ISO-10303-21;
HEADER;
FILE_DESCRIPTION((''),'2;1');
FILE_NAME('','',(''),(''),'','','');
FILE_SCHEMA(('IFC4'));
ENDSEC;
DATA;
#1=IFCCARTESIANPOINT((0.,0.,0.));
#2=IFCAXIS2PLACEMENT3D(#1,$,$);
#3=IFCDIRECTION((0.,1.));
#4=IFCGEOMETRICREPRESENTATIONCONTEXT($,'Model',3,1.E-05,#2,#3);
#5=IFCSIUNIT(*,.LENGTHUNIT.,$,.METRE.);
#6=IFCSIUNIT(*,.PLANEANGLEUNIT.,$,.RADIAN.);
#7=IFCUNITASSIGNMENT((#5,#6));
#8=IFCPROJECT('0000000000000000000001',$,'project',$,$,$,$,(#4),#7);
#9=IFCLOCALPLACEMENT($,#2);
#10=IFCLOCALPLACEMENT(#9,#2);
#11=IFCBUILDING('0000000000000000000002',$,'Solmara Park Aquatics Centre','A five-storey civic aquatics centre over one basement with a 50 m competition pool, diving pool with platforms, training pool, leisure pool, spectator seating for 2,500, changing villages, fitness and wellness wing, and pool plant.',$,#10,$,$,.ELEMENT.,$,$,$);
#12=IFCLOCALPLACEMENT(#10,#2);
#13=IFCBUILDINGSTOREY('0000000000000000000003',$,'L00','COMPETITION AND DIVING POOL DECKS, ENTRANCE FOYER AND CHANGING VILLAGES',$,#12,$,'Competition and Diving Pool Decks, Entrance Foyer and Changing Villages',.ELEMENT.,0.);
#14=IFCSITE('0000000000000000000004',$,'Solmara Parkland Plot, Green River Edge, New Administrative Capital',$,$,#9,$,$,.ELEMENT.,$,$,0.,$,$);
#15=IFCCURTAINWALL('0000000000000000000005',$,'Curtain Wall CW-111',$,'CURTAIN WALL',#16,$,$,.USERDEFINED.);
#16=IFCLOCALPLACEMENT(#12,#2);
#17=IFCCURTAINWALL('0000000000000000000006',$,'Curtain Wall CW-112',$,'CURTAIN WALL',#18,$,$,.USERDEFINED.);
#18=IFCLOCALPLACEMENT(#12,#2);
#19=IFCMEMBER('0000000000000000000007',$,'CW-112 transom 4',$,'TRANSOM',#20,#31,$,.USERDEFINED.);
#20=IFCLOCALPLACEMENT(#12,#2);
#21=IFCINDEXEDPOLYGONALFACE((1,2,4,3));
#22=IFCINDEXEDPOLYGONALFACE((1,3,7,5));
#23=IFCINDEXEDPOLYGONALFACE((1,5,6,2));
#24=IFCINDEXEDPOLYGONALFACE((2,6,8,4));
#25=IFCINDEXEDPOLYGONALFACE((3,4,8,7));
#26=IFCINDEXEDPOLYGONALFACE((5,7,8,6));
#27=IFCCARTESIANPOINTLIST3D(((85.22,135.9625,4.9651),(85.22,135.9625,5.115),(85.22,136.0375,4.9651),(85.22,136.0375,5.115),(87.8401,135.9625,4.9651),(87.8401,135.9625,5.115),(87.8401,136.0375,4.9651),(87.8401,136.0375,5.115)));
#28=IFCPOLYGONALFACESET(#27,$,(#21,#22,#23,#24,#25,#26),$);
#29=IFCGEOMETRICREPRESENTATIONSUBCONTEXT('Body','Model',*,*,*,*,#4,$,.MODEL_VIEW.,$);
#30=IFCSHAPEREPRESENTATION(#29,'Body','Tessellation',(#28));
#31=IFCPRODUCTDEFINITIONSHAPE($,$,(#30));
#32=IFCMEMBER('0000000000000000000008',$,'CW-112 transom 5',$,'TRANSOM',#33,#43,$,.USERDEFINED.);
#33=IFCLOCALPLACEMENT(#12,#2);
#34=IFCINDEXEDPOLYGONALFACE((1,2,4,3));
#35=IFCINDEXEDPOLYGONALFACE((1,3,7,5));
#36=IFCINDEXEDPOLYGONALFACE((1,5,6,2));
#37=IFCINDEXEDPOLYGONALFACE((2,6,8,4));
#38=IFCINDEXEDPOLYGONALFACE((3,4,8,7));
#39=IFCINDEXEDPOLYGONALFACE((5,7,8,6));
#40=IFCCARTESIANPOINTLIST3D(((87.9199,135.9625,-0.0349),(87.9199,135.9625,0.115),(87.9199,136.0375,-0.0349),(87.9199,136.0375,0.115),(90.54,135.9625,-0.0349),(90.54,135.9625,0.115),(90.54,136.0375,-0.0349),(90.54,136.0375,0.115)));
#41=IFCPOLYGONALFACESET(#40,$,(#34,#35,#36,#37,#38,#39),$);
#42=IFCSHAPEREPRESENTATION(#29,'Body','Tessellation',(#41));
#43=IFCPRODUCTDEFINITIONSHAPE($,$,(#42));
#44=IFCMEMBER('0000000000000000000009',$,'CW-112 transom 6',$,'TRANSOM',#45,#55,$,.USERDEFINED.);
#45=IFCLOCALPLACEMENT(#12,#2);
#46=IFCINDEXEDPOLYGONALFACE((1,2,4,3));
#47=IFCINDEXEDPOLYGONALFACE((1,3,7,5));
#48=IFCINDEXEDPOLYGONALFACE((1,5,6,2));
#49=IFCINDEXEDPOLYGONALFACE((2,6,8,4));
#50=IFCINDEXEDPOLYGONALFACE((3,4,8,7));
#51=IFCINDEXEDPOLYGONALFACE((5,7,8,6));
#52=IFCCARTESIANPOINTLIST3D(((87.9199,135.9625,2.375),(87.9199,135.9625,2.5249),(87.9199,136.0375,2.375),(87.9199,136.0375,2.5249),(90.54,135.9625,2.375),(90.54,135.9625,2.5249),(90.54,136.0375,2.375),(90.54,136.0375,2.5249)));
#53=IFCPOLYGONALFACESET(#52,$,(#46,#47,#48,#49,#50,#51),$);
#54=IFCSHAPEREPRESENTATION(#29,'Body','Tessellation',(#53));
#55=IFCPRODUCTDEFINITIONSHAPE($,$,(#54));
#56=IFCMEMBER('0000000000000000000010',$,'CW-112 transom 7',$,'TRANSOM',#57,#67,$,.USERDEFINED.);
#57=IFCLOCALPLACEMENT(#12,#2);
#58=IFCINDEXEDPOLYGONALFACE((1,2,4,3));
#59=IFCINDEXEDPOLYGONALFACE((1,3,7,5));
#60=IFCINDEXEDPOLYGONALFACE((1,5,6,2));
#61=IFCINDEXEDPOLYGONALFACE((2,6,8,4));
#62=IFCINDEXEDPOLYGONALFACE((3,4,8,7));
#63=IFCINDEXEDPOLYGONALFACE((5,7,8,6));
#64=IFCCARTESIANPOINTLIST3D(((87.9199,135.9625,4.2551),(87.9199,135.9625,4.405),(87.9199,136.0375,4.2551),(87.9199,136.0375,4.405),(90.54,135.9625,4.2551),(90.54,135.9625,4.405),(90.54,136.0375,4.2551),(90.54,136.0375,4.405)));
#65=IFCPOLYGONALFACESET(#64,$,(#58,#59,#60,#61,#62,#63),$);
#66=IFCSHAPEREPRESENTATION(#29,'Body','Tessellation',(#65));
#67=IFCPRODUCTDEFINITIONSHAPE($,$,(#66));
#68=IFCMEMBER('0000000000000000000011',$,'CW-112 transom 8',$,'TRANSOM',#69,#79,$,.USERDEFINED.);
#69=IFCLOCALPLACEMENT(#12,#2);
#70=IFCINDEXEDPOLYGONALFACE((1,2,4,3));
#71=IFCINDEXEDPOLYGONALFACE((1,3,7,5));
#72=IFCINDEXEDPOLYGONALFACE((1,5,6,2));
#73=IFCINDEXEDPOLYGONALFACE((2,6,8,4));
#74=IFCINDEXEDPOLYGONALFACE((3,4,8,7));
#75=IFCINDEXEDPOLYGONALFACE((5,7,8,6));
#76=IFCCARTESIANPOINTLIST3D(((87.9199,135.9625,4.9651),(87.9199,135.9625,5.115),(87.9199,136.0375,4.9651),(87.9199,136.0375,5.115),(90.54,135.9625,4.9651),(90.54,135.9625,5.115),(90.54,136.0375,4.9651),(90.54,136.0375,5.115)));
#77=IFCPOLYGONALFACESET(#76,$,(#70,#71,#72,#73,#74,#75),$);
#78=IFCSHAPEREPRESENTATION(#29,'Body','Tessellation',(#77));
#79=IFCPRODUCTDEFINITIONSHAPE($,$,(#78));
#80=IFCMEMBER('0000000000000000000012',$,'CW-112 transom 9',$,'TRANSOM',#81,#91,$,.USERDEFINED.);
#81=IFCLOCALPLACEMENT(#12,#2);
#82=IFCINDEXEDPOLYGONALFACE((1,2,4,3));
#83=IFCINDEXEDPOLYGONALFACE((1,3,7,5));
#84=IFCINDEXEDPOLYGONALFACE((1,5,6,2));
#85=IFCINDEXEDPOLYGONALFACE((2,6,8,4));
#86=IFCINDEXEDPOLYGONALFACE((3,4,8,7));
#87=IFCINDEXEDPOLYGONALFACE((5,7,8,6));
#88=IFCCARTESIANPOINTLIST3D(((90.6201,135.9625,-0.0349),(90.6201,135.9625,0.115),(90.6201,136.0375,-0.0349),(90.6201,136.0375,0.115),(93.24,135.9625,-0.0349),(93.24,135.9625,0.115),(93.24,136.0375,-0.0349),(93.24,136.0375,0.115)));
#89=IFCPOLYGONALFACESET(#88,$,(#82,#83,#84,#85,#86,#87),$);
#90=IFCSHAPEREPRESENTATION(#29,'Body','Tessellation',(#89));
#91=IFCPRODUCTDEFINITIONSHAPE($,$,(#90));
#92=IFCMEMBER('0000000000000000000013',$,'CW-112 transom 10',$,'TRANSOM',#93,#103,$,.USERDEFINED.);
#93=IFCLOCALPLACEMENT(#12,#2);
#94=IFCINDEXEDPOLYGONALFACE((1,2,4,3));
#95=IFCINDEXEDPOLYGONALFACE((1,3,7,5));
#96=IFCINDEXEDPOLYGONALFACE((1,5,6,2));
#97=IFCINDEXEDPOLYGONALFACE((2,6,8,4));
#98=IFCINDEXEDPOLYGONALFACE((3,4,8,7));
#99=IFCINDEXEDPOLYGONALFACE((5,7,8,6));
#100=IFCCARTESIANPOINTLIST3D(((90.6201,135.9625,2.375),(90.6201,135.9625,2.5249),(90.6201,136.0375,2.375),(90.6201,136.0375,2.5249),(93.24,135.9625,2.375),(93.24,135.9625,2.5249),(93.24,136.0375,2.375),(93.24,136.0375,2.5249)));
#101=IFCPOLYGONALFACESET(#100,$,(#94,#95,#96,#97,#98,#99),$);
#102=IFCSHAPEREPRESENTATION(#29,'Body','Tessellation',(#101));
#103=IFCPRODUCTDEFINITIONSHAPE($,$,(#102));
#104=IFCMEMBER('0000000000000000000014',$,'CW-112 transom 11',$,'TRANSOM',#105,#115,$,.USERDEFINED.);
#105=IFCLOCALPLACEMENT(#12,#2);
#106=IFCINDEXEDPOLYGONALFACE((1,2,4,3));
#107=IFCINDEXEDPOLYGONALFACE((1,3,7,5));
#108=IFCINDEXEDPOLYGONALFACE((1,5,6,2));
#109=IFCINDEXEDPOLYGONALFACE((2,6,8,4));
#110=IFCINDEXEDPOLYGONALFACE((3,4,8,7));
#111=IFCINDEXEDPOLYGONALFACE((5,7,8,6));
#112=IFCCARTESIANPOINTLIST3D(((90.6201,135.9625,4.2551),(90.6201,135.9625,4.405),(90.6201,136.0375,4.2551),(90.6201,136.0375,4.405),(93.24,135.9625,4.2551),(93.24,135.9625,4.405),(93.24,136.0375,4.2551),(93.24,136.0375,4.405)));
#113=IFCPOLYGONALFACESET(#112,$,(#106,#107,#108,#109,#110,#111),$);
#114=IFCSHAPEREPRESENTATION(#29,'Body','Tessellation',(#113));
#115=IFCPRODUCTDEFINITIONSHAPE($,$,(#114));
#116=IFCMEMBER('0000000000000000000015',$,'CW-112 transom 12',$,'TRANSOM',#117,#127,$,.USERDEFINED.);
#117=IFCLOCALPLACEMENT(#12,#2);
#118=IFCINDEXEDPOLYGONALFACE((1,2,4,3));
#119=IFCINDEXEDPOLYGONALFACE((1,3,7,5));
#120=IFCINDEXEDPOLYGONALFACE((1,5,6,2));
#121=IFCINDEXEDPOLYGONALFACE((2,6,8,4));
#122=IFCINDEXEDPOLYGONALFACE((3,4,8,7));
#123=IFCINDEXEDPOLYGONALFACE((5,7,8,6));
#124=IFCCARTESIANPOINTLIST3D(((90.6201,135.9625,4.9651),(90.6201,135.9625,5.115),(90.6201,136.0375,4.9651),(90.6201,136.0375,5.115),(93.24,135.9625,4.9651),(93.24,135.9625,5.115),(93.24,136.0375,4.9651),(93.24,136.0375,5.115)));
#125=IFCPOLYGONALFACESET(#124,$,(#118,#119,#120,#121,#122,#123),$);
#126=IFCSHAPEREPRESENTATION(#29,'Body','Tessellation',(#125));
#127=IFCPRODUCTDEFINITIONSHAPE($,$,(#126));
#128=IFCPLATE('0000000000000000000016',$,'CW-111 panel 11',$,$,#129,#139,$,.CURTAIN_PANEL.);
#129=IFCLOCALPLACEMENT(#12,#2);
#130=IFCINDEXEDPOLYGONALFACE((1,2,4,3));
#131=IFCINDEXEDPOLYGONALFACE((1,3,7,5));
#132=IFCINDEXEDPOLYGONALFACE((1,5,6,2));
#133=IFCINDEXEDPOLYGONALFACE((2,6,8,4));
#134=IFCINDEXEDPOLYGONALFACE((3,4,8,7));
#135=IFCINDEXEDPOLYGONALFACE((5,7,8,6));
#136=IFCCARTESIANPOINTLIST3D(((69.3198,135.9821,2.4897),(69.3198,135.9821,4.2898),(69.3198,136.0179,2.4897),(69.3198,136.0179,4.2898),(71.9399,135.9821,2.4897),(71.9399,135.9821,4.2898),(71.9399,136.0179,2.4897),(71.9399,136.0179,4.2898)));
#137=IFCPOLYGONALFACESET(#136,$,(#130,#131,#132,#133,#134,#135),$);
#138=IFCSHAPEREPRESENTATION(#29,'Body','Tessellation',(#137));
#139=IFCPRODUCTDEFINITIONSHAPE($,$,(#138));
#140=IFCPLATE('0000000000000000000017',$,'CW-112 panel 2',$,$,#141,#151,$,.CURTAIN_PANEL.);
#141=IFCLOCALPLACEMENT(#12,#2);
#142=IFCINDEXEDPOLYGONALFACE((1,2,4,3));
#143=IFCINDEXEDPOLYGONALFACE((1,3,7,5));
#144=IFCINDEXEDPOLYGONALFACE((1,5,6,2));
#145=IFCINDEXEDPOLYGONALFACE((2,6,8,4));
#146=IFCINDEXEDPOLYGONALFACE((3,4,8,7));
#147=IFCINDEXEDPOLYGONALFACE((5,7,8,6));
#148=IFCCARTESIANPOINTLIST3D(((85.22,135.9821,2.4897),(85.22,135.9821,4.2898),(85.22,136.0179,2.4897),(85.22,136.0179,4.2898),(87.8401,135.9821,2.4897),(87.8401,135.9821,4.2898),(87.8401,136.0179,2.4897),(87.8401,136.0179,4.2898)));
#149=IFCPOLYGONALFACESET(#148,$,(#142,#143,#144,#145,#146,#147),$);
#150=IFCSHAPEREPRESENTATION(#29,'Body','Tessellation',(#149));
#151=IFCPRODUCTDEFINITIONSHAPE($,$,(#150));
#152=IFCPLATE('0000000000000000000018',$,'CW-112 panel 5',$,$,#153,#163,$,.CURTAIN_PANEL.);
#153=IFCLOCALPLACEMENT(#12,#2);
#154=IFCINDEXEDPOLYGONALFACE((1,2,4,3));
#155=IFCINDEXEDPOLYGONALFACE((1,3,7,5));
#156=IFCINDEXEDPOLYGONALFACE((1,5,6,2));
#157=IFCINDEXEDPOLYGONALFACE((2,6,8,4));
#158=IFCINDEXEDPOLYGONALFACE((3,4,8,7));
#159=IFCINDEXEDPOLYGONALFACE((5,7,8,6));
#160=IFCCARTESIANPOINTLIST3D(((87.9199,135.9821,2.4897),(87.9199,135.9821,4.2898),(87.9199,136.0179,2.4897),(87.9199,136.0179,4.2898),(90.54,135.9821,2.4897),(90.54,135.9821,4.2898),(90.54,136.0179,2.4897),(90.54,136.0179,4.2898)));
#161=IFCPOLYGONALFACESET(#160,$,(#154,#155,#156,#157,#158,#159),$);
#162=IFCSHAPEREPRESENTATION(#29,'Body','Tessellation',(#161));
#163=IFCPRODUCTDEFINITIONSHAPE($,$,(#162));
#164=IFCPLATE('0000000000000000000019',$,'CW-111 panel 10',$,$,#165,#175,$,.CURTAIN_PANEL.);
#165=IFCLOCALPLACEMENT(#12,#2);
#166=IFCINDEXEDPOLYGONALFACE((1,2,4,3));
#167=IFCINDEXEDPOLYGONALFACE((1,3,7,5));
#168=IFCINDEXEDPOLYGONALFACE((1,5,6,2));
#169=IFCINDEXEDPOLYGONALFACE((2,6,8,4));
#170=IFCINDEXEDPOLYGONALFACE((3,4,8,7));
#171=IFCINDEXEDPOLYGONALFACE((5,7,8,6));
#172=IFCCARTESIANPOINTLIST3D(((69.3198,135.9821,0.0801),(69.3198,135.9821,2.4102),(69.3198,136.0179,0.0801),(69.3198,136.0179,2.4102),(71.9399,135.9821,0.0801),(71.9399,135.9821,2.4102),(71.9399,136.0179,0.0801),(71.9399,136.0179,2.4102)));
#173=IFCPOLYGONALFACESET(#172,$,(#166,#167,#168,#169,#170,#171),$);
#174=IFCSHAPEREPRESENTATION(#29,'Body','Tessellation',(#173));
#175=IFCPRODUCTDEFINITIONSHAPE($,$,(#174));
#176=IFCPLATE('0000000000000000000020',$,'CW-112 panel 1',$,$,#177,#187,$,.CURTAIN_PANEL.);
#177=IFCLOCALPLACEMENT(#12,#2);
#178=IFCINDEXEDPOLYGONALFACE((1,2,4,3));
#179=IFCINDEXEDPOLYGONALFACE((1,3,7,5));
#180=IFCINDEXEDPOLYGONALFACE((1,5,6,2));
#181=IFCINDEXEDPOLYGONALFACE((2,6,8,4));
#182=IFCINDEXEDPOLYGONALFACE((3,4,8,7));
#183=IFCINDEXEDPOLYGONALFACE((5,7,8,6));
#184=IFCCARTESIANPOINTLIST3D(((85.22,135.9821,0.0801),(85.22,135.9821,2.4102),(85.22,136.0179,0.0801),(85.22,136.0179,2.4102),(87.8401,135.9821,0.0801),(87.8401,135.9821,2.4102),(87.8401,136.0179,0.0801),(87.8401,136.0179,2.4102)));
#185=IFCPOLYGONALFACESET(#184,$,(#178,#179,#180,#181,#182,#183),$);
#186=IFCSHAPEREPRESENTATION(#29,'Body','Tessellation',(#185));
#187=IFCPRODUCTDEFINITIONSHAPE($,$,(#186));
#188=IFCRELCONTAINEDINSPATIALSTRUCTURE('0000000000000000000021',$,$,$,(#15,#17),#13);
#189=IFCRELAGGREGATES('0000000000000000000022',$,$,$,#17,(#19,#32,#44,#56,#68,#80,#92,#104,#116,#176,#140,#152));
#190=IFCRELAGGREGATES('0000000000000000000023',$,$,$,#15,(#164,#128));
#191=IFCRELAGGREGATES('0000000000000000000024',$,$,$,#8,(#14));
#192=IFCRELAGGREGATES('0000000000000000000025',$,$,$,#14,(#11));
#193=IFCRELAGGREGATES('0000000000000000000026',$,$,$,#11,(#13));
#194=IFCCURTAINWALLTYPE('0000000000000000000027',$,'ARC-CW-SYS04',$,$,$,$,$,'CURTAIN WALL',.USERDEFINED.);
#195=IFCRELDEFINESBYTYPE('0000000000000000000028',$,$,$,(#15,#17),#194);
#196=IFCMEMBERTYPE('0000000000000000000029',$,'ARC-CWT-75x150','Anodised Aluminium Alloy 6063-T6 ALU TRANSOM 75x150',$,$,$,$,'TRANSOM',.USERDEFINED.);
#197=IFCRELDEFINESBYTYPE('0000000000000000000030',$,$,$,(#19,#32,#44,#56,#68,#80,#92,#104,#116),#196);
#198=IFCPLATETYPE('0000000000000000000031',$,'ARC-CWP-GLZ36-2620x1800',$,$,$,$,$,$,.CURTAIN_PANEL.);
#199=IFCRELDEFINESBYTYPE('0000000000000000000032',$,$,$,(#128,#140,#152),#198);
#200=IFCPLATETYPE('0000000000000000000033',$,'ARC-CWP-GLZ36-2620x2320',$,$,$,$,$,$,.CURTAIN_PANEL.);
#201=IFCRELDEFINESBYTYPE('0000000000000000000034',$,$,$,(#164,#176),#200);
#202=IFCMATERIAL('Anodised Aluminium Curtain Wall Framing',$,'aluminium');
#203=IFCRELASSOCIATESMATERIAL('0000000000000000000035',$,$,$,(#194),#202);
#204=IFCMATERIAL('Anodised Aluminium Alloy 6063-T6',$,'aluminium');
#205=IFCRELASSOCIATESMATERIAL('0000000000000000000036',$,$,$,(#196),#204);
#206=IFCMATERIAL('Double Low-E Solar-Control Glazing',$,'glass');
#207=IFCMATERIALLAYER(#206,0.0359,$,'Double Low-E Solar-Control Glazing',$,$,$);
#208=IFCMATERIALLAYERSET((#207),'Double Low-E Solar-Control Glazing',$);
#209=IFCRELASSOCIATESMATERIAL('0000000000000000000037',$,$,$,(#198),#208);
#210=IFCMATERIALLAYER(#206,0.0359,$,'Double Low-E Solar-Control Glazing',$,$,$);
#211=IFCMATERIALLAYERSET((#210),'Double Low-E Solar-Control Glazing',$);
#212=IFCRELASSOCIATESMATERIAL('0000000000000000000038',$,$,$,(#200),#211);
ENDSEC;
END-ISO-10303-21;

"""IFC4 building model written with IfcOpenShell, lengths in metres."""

from ifc_helpers import new_model, si_unit, direction, frame, origin, origin_2d, place, context, subcontext, project, spatial, rectangle, extrude, material, layer, layer_set, material_profile, profile_set, type_object, element, aggregate, save


model = new_model("IFC4")

# Units and contexts
model_context = context("Model", 3, precision=1e-05, world=origin(), true_north=direction((0.0, 1.0)))
body_context = subcontext(model_context, "Body", "Model", "MODEL_VIEW")
ifc_project = project(units=[si_unit("LENGTHUNIT", "METRE"), si_unit("PLANEANGLEUNIT", "RADIAN")], contexts=[model_context])

# Site, building, storey
site_placement = place(None, origin())
site = spatial("IfcSite", under=ifc_project, at=site_placement, Name="Solmara Parkland Plot, Green River Edge, New Administrative Capital", CompositionType="ELEMENT", RefElevation=0.0)
building_placement = place(site_placement, origin())
building = spatial("IfcBuilding", under=site, at=building_placement, Name="Solmara Park Aquatics Centre", Description="A five-storey civic aquatics centre over one basement with a 50 m competition pool, diving pool with platforms, training pool, leisure pool, spectator seating for 2,500, changing villages, fitness and wellness wing, and pool plant.", CompositionType="ELEMENT")
storey_placement = place(building_placement, origin())
storey = spatial("IfcBuildingStorey", under=building, at=storey_placement, Name="L00", Description="COMPETITION AND DIVING POOL DECKS, ENTRANCE FOYER AND CHANGING VILLAGES", LongName="Competition and Diving Pool Decks, Entrance Foyer and Changing Villages", CompositionType="ELEMENT", Elevation=0.0)

# Curtain walls
ifc_material_1 = material(Name="Anodised Aluminium Curtain Wall Framing", Category="aluminium")
curtain_wall_type = type_object("IfcCurtainWallType", Name="ARC-CW-SYS04", ElementType="CURTAIN WALL", PredefinedType="USERDEFINED", material=ifc_material_1)
curtain_wall_1_placement = place(storey_placement, origin())
curtain_wall_1 = element("IfcCurtainWall", 1, at=curtain_wall_1_placement, inside=storey, type_object=curtain_wall_type, Name="Curtain Wall CW-111", ObjectType="CURTAIN WALL", PredefinedType="USERDEFINED")
ifc_material_2 = material(Name="Anodised Aluminium Alloy 6063-T6", Category="aluminium")
curtain_wall_2_placement = place(storey_placement, origin())
curtain_wall_2 = element("IfcCurtainWall", 2, at=curtain_wall_2_placement, inside=storey, type_object=curtain_wall_type, Name="Curtain Wall CW-112", ObjectType="CURTAIN WALL", PredefinedType="USERDEFINED")

# Members
ifc_material_profile_1 = material_profile(ifc_material_2, rectangle(XDim=0.075, YDim=0.1499, at=origin_2d()), Name="ALU TRANSOM 75x150")
ifc_profile_set_1 = profile_set([ifc_material_profile_1], Name="Anodised Aluminium Alloy 6063-T6")
member_type_1 = type_object("IfcMemberType", Name="ARC-CWT-75x150", Description="Anodised Aluminium Alloy 6063-T6 ALU TRANSOM 75x150", ElementType="TRANSOM", PredefinedType="USERDEFINED", material=ifc_profile_set_1)
member_1_placement = place(storey_placement, frame((85.22, 136.0, 5.04), z_axis=(1.0, 0.0, 0.0), x_axis=(0.0, 1.0, 0.0)))
member_1 = element("IfcMember", 3, at=member_1_placement, type_object=member_type_1, Name="CW-112 transom 4", ObjectType="TRANSOM", PredefinedType="USERDEFINED", context=body_context, shape_type="SweptSolid", body=[
    extrude(rectangle(XDim=0.075, YDim=0.1499, at=origin_2d()), origin(), (0.0, 0.0, 1.0), 2.6201),
])
member_2_placement = place(storey_placement, frame((87.9199, 136.0, 0.04), z_axis=(1.0, 0.0, 0.0), x_axis=(0.0, 1.0, 0.0)))
member_2 = element("IfcMember", 4, at=member_2_placement, type_object=member_type_1, Name="CW-112 transom 5", ObjectType="TRANSOM", PredefinedType="USERDEFINED", context=body_context, shape_type="SweptSolid", body=[
    extrude(rectangle(XDim=0.075, YDim=0.1499, at=origin_2d()), origin(), (0.0, 0.0, 1.0), 2.6201),
])
member_3_placement = place(storey_placement, frame((87.9199, 136.0, 2.45), z_axis=(1.0, 0.0, 0.0), x_axis=(0.0, 1.0, 0.0)))
member_3 = element("IfcMember", 5, at=member_3_placement, type_object=member_type_1, Name="CW-112 transom 6", ObjectType="TRANSOM", PredefinedType="USERDEFINED", context=body_context, shape_type="SweptSolid", body=[
    extrude(rectangle(XDim=0.075, YDim=0.1499, at=origin_2d()), origin(), (0.0, 0.0, 1.0), 2.6201),
])
member_4_placement = place(storey_placement, frame((87.9199, 136.0, 4.3301), z_axis=(1.0, 0.0, 0.0), x_axis=(0.0, 1.0, 0.0)))
member_4 = element("IfcMember", 6, at=member_4_placement, type_object=member_type_1, Name="CW-112 transom 7", ObjectType="TRANSOM", PredefinedType="USERDEFINED", context=body_context, shape_type="SweptSolid", body=[
    extrude(rectangle(XDim=0.075, YDim=0.1499, at=origin_2d()), origin(), (0.0, 0.0, 1.0), 2.6201),
])
member_5_placement = place(storey_placement, frame((87.9199, 136.0, 5.04), z_axis=(1.0, 0.0, 0.0), x_axis=(0.0, 1.0, 0.0)))
member_5 = element("IfcMember", 7, at=member_5_placement, type_object=member_type_1, Name="CW-112 transom 8", ObjectType="TRANSOM", PredefinedType="USERDEFINED", context=body_context, shape_type="SweptSolid", body=[
    extrude(rectangle(XDim=0.075, YDim=0.1499, at=origin_2d()), origin(), (0.0, 0.0, 1.0), 2.6201),
])
member_6_placement = place(storey_placement, frame((90.6201, 136.0, 0.04), z_axis=(1.0, 0.0, 0.0), x_axis=(0.0, 1.0, 0.0)))
member_6 = element("IfcMember", 8, at=member_6_placement, type_object=member_type_1, Name="CW-112 transom 9", ObjectType="TRANSOM", PredefinedType="USERDEFINED", context=body_context, shape_type="SweptSolid", body=[
    extrude(rectangle(XDim=0.075, YDim=0.1499, at=origin_2d()), origin(), (0.0, 0.0, 1.0), 2.6199),
])
member_7_placement = place(storey_placement, frame((90.6201, 136.0, 2.45), z_axis=(1.0, 0.0, 0.0), x_axis=(0.0, 1.0, 0.0)))
member_7 = element("IfcMember", 9, at=member_7_placement, type_object=member_type_1, Name="CW-112 transom 10", ObjectType="TRANSOM", PredefinedType="USERDEFINED", context=body_context, shape_type="SweptSolid", body=[
    extrude(rectangle(XDim=0.075, YDim=0.1499, at=origin_2d()), origin(), (0.0, 0.0, 1.0), 2.6199),
])
member_8_placement = place(storey_placement, frame((90.6201, 136.0, 4.3301), z_axis=(1.0, 0.0, 0.0), x_axis=(0.0, 1.0, 0.0)))
member_8 = element("IfcMember", 10, at=member_8_placement, type_object=member_type_1, Name="CW-112 transom 11", ObjectType="TRANSOM", PredefinedType="USERDEFINED", context=body_context, shape_type="SweptSolid", body=[
    extrude(rectangle(XDim=0.075, YDim=0.1499, at=origin_2d()), origin(), (0.0, 0.0, 1.0), 2.6199),
])
member_9_placement = place(storey_placement, frame((90.6201, 136.0, 5.04), z_axis=(1.0, 0.0, 0.0), x_axis=(0.0, 1.0, 0.0)))
member_9 = element("IfcMember", 11, at=member_9_placement, type_object=member_type_1, Name="CW-112 transom 12", ObjectType="TRANSOM", PredefinedType="USERDEFINED", context=body_context, shape_type="SweptSolid", body=[
    extrude(rectangle(XDim=0.075, YDim=0.1499, at=origin_2d()), origin(), (0.0, 0.0, 1.0), 2.6199),
])

# Plates
ifc_material_3 = material(Name="Double Low-E Solar-Control Glazing", Category="glass")
ifc_layer_1 = layer(ifc_material_3, 0.0359, Name="Double Low-E Solar-Control Glazing")
ifc_layer_set_1 = layer_set([ifc_layer_1], Name="Double Low-E Solar-Control Glazing")
plate_type_1 = type_object("IfcPlateType", Name="ARC-CWP-GLZ36-2620x1800", PredefinedType="CURTAIN_PANEL", material=ifc_layer_set_1)
plate_1_placement = place(storey_placement, frame((70.6299, 136.0, 2.4897), z_axis=(0.0, 0.0, 1.0), x_axis=(1.0, 0.0, 0.0)))
plate_1 = element("IfcPlate", 12, at=plate_1_placement, type_object=plate_type_1, Name="CW-111 panel 11", PredefinedType="CURTAIN_PANEL", context=body_context, shape_type="SweptSolid", body=[
    extrude(rectangle(XDim=2.6201, YDim=0.0359, at=origin_2d()), origin(), (0.0, 0.0, 1.0), 1.8),
])
plate_2_placement = place(storey_placement, frame((86.53, 136.0, 2.4897), z_axis=(0.0, 0.0, 1.0), x_axis=(1.0, 0.0, 0.0)))
plate_2 = element("IfcPlate", 13, at=plate_2_placement, type_object=plate_type_1, Name="CW-112 panel 2", PredefinedType="CURTAIN_PANEL", context=body_context, shape_type="SweptSolid", body=[
    extrude(rectangle(XDim=2.6201, YDim=0.0359, at=origin_2d()), origin(), (0.0, 0.0, 1.0), 1.8),
])
plate_3_placement = place(storey_placement, frame((89.23, 136.0, 2.4897), z_axis=(0.0, 0.0, 1.0), x_axis=(1.0, 0.0, 0.0)))
plate_3 = element("IfcPlate", 14, at=plate_3_placement, type_object=plate_type_1, Name="CW-112 panel 5", PredefinedType="CURTAIN_PANEL", context=body_context, shape_type="SweptSolid", body=[
    extrude(rectangle(XDim=2.6201, YDim=0.0359, at=origin_2d()), origin(), (0.0, 0.0, 1.0), 1.8),
])
ifc_layer_2 = layer(ifc_material_3, 0.0359, Name="Double Low-E Solar-Control Glazing")
ifc_layer_set_2 = layer_set([ifc_layer_2], Name="Double Low-E Solar-Control Glazing")
plate_type_2 = type_object("IfcPlateType", Name="ARC-CWP-GLZ36-2620x2320", PredefinedType="CURTAIN_PANEL", material=ifc_layer_set_2)
plate_4_placement = place(storey_placement, frame((70.6299, 136.0, 0.0801), z_axis=(0.0, 0.0, 1.0), x_axis=(1.0, 0.0, 0.0)))
plate_4 = element("IfcPlate", 15, at=plate_4_placement, type_object=plate_type_2, Name="CW-111 panel 10", PredefinedType="CURTAIN_PANEL", context=body_context, shape_type="SweptSolid", body=[
    extrude(rectangle(XDim=2.6201, YDim=0.0359, at=origin_2d()), origin(), (0.0, 0.0, 1.0), 2.3301),
])
plate_5_placement = place(storey_placement, frame((86.53, 136.0, 0.0801), z_axis=(0.0, 0.0, 1.0), x_axis=(1.0, 0.0, 0.0)))
plate_5 = element("IfcPlate", 16, at=plate_5_placement, type_object=plate_type_2, Name="CW-112 panel 1", PredefinedType="CURTAIN_PANEL", context=body_context, shape_type="SweptSolid", body=[
    extrude(rectangle(XDim=2.6201, YDim=0.0359, at=origin_2d()), origin(), (0.0, 0.0, 1.0), 2.3301),
])
aggregate(curtain_wall_2, [member_1, member_2, member_3, member_4, member_5, member_6, member_7, member_8, member_9, plate_5, plate_2, plate_3])
aggregate(curtain_wall_1, [plate_4, plate_1])

save(model, "model.ifc")
